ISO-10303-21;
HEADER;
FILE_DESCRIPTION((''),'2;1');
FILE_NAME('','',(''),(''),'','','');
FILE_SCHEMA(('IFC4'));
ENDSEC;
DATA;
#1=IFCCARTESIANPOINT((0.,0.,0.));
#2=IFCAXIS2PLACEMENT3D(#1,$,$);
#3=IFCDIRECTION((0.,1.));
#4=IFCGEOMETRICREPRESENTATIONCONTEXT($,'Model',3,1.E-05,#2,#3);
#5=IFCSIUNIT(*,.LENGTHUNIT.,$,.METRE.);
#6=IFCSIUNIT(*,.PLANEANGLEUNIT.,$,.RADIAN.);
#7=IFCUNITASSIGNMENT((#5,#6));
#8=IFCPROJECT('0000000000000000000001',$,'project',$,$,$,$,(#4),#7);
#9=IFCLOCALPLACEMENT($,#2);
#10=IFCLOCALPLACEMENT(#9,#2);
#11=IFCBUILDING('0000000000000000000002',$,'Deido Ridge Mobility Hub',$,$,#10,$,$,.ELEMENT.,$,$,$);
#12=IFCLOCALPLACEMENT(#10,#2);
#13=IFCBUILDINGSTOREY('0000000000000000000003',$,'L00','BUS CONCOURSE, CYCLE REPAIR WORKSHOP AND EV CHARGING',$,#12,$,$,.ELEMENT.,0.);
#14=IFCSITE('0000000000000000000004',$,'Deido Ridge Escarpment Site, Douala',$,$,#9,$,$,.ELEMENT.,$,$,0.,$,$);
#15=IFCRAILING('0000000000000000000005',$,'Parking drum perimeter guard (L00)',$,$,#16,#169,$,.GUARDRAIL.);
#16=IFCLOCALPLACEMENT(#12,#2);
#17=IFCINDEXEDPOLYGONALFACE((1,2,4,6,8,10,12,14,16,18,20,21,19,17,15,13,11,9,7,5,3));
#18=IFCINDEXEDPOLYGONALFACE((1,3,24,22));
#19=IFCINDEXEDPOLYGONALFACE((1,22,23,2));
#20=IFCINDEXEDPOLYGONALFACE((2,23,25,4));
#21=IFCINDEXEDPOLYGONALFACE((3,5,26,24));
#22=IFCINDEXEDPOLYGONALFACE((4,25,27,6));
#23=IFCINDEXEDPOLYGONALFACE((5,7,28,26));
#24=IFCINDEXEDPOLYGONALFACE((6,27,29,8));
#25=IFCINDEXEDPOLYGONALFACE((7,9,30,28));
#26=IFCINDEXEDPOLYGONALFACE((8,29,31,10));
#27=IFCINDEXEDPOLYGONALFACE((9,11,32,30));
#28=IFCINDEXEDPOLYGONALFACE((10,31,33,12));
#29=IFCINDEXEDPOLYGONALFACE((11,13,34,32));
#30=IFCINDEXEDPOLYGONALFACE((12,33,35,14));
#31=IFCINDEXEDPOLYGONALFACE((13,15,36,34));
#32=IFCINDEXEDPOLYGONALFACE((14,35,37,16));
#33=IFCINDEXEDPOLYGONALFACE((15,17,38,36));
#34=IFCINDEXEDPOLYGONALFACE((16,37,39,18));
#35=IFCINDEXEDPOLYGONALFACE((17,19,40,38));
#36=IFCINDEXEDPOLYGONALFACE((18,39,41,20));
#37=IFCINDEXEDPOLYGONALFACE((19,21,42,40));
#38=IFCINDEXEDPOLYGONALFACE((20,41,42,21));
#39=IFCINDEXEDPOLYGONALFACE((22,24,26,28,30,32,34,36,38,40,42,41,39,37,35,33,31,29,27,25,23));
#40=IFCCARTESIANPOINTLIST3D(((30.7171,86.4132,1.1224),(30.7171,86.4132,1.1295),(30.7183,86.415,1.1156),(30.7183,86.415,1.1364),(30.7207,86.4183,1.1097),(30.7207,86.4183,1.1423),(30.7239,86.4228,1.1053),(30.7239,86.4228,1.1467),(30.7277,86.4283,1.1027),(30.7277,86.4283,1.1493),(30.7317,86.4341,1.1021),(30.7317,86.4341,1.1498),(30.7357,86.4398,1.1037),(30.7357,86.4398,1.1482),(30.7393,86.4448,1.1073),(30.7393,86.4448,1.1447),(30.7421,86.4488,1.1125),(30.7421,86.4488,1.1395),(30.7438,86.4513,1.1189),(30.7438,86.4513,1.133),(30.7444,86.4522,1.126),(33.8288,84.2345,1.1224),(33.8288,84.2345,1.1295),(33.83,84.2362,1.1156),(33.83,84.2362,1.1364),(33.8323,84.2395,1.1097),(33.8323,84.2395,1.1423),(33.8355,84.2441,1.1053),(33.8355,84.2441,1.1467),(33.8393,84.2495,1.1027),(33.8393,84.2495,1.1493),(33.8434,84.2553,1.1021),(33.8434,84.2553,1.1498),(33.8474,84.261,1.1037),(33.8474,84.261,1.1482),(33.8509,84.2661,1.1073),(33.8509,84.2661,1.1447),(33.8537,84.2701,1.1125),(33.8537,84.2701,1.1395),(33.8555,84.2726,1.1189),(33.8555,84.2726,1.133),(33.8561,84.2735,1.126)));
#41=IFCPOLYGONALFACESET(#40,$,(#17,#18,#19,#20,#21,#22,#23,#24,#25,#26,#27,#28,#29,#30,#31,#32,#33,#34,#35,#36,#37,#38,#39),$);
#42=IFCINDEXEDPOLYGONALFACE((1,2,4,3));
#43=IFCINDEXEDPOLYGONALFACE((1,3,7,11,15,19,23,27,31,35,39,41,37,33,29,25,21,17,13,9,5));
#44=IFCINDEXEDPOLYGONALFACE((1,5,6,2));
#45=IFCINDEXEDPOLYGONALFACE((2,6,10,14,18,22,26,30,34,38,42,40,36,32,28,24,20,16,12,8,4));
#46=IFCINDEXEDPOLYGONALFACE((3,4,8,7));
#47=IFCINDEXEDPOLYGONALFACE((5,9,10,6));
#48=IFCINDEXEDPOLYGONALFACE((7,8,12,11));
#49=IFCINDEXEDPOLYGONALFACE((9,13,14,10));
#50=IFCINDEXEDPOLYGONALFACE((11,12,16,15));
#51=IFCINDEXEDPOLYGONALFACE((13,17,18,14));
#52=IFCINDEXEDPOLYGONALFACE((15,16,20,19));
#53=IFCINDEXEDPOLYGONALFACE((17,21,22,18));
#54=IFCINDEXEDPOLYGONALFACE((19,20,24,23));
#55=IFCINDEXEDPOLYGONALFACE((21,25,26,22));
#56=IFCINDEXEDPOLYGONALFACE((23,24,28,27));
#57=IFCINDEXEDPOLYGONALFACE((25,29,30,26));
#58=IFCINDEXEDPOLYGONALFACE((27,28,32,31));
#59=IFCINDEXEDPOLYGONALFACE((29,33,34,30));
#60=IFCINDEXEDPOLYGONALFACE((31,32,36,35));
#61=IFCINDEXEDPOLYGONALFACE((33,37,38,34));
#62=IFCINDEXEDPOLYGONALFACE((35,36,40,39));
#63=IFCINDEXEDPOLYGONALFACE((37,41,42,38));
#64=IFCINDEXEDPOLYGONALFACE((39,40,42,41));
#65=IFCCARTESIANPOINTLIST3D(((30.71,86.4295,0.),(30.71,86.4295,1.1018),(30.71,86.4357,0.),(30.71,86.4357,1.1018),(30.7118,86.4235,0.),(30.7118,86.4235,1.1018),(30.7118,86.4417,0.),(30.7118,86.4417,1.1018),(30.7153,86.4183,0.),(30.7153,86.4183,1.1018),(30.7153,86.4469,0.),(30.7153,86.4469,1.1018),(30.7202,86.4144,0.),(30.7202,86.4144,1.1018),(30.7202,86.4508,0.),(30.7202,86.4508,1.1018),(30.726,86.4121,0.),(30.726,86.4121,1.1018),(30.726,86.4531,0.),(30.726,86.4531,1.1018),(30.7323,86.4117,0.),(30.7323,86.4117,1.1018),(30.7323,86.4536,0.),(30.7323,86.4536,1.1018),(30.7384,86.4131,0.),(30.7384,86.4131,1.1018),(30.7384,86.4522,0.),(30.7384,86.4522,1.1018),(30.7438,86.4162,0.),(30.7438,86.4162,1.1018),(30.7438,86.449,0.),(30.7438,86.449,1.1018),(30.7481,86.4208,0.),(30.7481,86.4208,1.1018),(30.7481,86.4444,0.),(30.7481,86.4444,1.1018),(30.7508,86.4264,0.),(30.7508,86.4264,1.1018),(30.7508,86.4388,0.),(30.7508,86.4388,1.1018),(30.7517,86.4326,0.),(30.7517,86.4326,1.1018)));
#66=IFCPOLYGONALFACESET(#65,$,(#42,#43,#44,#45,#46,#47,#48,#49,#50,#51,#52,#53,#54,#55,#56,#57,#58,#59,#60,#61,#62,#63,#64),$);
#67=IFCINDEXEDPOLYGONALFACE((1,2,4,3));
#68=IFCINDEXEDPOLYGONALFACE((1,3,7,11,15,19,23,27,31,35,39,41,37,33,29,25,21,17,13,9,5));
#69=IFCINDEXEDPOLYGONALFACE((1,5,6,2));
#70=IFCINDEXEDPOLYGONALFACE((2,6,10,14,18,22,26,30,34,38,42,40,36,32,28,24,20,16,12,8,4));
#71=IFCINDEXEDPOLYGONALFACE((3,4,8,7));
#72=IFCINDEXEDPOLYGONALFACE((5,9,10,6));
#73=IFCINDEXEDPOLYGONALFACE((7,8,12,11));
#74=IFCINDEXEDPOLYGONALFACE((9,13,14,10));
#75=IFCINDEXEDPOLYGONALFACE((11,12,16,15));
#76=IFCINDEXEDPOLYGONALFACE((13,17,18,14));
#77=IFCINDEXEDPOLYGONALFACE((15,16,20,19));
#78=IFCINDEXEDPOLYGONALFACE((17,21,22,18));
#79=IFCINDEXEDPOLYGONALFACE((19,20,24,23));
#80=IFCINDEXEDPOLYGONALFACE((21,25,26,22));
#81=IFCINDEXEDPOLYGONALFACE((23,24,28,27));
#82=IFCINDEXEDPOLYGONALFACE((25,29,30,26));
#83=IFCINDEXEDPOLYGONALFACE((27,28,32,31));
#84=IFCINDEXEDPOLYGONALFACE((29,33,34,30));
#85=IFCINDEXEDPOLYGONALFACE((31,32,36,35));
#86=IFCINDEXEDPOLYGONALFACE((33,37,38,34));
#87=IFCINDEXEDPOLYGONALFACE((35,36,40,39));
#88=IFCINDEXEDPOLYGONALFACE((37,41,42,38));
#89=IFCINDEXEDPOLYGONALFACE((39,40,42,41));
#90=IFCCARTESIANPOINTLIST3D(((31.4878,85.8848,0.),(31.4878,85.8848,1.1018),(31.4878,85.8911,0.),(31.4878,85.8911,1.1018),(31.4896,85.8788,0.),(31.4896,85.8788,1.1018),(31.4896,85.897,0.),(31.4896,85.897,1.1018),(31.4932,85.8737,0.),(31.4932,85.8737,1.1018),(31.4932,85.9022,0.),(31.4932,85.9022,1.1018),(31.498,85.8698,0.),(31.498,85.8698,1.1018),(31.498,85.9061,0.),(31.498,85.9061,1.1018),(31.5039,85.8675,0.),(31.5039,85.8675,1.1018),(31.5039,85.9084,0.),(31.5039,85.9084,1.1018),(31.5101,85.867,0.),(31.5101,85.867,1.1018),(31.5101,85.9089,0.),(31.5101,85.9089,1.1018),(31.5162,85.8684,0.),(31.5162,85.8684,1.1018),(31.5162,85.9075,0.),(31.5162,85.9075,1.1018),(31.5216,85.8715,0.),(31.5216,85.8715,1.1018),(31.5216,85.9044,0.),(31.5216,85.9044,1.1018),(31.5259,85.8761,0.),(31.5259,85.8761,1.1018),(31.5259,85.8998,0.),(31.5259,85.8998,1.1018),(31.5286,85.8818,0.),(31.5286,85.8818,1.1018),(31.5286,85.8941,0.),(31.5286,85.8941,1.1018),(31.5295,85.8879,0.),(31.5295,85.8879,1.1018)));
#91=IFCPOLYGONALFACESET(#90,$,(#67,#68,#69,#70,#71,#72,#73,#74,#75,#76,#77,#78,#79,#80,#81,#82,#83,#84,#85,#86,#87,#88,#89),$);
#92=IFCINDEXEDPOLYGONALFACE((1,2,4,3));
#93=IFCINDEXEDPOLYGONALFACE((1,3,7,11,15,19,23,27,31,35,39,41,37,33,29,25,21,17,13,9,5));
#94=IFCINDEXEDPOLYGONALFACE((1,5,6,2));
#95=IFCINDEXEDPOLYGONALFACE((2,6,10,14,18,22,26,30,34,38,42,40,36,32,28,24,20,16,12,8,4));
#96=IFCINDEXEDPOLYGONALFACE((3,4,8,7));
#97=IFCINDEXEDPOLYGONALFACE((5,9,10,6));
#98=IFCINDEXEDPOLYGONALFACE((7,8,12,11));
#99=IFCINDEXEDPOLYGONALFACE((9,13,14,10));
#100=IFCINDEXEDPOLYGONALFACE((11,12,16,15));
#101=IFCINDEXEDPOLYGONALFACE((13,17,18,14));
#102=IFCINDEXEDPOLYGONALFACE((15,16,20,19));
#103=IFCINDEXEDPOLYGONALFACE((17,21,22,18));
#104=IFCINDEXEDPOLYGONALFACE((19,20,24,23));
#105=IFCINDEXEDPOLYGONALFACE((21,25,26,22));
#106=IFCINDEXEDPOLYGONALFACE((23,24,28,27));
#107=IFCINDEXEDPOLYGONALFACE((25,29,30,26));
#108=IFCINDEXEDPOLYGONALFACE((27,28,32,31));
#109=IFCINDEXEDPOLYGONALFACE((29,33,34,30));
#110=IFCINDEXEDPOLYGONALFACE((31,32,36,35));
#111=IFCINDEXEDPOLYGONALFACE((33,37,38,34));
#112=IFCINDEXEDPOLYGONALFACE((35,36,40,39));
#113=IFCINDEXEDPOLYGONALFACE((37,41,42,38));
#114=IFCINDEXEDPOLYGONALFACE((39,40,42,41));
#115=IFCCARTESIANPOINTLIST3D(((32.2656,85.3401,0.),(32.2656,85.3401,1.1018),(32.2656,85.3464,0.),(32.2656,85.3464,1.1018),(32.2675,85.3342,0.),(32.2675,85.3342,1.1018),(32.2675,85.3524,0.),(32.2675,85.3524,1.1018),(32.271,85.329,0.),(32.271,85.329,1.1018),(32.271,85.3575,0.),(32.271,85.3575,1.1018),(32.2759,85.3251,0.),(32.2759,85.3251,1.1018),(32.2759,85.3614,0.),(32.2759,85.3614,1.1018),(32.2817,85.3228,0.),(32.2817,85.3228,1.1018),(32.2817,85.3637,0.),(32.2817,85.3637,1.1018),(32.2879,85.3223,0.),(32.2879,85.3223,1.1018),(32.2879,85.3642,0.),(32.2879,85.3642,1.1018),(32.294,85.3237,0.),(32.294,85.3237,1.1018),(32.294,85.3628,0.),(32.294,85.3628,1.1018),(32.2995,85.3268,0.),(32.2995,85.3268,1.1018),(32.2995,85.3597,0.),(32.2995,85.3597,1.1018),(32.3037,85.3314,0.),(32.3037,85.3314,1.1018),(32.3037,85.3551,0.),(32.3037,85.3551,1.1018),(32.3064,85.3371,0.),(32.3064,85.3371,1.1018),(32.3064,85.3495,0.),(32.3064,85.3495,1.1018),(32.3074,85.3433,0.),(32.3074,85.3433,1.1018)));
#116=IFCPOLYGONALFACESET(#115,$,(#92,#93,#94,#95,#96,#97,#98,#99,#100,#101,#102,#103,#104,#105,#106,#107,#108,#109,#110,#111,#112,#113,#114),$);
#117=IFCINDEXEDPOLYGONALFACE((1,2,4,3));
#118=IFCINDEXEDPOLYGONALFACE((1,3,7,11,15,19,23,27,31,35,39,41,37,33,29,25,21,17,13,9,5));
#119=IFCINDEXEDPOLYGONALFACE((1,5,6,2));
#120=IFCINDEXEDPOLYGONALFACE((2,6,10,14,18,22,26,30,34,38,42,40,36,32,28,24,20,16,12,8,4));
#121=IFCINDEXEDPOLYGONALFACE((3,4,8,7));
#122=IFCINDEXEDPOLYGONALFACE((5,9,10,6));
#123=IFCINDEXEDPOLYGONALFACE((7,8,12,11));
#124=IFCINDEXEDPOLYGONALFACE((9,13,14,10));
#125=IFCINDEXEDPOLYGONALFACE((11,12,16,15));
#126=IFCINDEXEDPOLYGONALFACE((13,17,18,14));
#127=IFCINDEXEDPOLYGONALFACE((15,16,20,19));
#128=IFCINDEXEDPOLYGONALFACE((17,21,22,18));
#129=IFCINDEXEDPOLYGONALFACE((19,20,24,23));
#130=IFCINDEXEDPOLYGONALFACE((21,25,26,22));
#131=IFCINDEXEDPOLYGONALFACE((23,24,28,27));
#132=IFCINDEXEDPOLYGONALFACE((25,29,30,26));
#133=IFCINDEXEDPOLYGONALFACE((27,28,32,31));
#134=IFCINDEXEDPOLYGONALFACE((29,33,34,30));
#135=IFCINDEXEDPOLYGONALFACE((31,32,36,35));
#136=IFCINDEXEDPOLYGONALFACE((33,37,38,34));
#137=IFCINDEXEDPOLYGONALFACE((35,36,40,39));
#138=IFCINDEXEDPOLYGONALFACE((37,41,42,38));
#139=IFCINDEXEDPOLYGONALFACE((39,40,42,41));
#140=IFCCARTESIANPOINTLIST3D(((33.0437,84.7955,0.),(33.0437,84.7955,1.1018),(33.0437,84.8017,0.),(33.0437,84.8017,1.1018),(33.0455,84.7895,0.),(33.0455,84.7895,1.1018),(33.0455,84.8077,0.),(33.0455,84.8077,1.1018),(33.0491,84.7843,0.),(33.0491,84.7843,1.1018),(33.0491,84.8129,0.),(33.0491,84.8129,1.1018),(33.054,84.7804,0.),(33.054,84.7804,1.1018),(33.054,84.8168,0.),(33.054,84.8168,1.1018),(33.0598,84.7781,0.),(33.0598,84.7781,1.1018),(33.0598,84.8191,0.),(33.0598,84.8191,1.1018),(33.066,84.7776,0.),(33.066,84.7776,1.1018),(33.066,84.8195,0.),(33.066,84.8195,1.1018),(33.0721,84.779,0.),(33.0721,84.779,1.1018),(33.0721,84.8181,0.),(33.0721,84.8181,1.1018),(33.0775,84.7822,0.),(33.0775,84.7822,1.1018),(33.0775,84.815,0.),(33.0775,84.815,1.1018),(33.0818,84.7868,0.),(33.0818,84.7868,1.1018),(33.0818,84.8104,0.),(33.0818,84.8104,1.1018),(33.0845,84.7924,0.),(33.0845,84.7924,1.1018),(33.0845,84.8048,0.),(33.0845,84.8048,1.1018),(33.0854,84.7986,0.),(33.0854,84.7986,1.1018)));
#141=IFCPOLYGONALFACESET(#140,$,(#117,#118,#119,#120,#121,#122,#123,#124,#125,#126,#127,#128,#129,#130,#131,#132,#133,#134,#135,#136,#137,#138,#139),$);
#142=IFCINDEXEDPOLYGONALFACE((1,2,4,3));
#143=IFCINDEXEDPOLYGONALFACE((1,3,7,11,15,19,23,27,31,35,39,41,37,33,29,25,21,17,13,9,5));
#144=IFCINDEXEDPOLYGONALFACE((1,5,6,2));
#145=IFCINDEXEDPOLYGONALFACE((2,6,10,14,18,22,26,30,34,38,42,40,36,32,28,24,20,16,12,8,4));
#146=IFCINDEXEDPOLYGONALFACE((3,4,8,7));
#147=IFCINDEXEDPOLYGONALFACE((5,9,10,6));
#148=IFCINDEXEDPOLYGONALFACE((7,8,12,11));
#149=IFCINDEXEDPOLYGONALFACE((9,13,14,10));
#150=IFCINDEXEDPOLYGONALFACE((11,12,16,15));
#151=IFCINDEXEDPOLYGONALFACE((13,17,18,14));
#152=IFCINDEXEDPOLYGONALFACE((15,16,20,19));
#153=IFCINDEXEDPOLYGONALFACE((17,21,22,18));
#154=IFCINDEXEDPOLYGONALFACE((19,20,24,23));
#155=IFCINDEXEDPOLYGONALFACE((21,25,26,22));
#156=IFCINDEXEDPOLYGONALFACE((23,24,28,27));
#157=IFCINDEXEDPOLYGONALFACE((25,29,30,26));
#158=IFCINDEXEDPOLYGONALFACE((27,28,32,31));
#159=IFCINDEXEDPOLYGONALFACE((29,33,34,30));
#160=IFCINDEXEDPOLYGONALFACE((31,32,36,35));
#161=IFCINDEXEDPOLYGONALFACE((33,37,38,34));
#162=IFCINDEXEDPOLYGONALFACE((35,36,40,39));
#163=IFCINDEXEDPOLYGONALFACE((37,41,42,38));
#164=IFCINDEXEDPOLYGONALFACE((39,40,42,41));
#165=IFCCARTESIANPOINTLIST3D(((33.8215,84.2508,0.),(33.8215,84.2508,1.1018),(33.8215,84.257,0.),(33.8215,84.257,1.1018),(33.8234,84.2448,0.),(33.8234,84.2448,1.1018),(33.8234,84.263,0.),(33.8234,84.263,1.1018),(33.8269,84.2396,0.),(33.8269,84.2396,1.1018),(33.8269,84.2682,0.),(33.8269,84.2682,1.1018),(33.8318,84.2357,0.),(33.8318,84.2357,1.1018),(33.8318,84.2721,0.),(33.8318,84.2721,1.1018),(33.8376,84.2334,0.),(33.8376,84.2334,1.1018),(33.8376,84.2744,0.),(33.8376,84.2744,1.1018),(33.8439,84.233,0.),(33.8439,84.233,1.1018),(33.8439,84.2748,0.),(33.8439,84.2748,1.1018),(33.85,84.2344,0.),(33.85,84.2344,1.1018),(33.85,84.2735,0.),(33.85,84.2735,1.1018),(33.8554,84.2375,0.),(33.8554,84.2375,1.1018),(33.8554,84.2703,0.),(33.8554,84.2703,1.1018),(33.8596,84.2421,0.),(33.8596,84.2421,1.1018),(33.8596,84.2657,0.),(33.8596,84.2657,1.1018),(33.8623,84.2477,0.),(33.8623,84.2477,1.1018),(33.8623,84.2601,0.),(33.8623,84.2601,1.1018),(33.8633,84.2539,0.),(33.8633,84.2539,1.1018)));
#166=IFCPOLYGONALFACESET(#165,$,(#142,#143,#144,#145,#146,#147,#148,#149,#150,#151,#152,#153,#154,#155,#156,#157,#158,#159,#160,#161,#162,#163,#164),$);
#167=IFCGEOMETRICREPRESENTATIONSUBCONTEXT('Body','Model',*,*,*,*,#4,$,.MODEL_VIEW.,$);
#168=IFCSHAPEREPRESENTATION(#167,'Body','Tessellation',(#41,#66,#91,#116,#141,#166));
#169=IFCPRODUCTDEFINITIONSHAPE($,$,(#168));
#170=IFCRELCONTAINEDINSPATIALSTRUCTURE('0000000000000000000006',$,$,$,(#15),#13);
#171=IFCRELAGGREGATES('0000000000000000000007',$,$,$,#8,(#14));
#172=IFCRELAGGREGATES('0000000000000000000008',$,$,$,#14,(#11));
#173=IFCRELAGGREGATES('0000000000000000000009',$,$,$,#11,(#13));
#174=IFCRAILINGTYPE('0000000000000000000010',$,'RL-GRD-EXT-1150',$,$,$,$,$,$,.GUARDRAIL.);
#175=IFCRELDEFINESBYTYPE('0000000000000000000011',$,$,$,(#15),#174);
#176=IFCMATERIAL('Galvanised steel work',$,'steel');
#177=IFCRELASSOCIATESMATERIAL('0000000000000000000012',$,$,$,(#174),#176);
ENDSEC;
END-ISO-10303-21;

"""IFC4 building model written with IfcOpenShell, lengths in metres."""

from ifc_helpers import new_model, si_unit, direction, frame, origin, origin_2d, place, context, subcontext, project, spatial, circle, extrude, material, type_object, element, save


model = new_model("IFC4")

# Units and contexts
model_context = context("Model", 3, precision=1e-05, world=origin(), true_north=direction((0.0, 1.0)))
body_context = subcontext(model_context, "Body", "Model", "MODEL_VIEW")
ifc_project = project(units=[si_unit("LENGTHUNIT", "METRE"), si_unit("PLANEANGLEUNIT", "RADIAN")], contexts=[model_context])

# Site, building, storey
site_placement = place(None, origin())
site = spatial("IfcSite", under=ifc_project, at=site_placement, Name="Deido Ridge Escarpment Site, Douala", CompositionType="ELEMENT", RefElevation=0.0)
building_placement = place(site_placement, origin())
building = spatial("IfcBuilding", under=site, at=building_placement, Name="Deido Ridge Mobility Hub", CompositionType="ELEMENT")
storey_placement = place(building_placement, origin())
storey = spatial("IfcBuildingStorey", under=building, at=storey_placement, Name="L00", Description="BUS CONCOURSE, CYCLE REPAIR WORKSHOP AND EV CHARGING", CompositionType="ELEMENT", Elevation=0.0)

# Railing
ifc_material_1 = material(Name="Galvanised steel work", Category="steel")
railing_type = type_object("IfcRailingType", Name="RL-GRD-EXT-1150", PredefinedType="GUARDRAIL", material=ifc_material_1)
railing_1_placement = place(storey_placement, frame((30.7307, 86.4326, 0.0)))
element("IfcRailing", 1, at=railing_1_placement, inside=storey, type_object=railing_type, Name="Parking drum perimeter guard (L00)", PredefinedType="GUARDRAIL", context=body_context, shape_type="SweptSolid", body=[
    extrude(circle(Radius=0.0239, at=origin_2d()), frame((0.0, 0.0, 1.126), z_axis=(0.819156, -0.57357, 0.0), x_axis=(0.57357, 0.819156, 0.0)), (0.0, 0.0, 1.0), 3.7986),
    extrude(circle(Radius=0.021, at=origin_2d()), origin(), (0.0, 0.0, 1.0), 1.1018),
    extrude(circle(Radius=0.021, at=origin_2d()), frame((0.7778, -0.5447, 0.0)), (0.0, 0.0, 1.0), 1.1018),
    extrude(circle(Radius=0.021, at=origin_2d()), frame((1.5557, -1.0894, 0.0)), (0.0, 0.0, 1.0), 1.1018),
    extrude(circle(Radius=0.021, at=origin_2d()), frame((2.3337, -1.634, 0.0)), (0.0, 0.0, 1.0), 1.1018),
    extrude(circle(Radius=0.021, at=origin_2d()), frame((3.1116, -2.1787, 0.0)), (0.0, 0.0, 1.0), 1.1018),
])

save(model, "model.ifc")
